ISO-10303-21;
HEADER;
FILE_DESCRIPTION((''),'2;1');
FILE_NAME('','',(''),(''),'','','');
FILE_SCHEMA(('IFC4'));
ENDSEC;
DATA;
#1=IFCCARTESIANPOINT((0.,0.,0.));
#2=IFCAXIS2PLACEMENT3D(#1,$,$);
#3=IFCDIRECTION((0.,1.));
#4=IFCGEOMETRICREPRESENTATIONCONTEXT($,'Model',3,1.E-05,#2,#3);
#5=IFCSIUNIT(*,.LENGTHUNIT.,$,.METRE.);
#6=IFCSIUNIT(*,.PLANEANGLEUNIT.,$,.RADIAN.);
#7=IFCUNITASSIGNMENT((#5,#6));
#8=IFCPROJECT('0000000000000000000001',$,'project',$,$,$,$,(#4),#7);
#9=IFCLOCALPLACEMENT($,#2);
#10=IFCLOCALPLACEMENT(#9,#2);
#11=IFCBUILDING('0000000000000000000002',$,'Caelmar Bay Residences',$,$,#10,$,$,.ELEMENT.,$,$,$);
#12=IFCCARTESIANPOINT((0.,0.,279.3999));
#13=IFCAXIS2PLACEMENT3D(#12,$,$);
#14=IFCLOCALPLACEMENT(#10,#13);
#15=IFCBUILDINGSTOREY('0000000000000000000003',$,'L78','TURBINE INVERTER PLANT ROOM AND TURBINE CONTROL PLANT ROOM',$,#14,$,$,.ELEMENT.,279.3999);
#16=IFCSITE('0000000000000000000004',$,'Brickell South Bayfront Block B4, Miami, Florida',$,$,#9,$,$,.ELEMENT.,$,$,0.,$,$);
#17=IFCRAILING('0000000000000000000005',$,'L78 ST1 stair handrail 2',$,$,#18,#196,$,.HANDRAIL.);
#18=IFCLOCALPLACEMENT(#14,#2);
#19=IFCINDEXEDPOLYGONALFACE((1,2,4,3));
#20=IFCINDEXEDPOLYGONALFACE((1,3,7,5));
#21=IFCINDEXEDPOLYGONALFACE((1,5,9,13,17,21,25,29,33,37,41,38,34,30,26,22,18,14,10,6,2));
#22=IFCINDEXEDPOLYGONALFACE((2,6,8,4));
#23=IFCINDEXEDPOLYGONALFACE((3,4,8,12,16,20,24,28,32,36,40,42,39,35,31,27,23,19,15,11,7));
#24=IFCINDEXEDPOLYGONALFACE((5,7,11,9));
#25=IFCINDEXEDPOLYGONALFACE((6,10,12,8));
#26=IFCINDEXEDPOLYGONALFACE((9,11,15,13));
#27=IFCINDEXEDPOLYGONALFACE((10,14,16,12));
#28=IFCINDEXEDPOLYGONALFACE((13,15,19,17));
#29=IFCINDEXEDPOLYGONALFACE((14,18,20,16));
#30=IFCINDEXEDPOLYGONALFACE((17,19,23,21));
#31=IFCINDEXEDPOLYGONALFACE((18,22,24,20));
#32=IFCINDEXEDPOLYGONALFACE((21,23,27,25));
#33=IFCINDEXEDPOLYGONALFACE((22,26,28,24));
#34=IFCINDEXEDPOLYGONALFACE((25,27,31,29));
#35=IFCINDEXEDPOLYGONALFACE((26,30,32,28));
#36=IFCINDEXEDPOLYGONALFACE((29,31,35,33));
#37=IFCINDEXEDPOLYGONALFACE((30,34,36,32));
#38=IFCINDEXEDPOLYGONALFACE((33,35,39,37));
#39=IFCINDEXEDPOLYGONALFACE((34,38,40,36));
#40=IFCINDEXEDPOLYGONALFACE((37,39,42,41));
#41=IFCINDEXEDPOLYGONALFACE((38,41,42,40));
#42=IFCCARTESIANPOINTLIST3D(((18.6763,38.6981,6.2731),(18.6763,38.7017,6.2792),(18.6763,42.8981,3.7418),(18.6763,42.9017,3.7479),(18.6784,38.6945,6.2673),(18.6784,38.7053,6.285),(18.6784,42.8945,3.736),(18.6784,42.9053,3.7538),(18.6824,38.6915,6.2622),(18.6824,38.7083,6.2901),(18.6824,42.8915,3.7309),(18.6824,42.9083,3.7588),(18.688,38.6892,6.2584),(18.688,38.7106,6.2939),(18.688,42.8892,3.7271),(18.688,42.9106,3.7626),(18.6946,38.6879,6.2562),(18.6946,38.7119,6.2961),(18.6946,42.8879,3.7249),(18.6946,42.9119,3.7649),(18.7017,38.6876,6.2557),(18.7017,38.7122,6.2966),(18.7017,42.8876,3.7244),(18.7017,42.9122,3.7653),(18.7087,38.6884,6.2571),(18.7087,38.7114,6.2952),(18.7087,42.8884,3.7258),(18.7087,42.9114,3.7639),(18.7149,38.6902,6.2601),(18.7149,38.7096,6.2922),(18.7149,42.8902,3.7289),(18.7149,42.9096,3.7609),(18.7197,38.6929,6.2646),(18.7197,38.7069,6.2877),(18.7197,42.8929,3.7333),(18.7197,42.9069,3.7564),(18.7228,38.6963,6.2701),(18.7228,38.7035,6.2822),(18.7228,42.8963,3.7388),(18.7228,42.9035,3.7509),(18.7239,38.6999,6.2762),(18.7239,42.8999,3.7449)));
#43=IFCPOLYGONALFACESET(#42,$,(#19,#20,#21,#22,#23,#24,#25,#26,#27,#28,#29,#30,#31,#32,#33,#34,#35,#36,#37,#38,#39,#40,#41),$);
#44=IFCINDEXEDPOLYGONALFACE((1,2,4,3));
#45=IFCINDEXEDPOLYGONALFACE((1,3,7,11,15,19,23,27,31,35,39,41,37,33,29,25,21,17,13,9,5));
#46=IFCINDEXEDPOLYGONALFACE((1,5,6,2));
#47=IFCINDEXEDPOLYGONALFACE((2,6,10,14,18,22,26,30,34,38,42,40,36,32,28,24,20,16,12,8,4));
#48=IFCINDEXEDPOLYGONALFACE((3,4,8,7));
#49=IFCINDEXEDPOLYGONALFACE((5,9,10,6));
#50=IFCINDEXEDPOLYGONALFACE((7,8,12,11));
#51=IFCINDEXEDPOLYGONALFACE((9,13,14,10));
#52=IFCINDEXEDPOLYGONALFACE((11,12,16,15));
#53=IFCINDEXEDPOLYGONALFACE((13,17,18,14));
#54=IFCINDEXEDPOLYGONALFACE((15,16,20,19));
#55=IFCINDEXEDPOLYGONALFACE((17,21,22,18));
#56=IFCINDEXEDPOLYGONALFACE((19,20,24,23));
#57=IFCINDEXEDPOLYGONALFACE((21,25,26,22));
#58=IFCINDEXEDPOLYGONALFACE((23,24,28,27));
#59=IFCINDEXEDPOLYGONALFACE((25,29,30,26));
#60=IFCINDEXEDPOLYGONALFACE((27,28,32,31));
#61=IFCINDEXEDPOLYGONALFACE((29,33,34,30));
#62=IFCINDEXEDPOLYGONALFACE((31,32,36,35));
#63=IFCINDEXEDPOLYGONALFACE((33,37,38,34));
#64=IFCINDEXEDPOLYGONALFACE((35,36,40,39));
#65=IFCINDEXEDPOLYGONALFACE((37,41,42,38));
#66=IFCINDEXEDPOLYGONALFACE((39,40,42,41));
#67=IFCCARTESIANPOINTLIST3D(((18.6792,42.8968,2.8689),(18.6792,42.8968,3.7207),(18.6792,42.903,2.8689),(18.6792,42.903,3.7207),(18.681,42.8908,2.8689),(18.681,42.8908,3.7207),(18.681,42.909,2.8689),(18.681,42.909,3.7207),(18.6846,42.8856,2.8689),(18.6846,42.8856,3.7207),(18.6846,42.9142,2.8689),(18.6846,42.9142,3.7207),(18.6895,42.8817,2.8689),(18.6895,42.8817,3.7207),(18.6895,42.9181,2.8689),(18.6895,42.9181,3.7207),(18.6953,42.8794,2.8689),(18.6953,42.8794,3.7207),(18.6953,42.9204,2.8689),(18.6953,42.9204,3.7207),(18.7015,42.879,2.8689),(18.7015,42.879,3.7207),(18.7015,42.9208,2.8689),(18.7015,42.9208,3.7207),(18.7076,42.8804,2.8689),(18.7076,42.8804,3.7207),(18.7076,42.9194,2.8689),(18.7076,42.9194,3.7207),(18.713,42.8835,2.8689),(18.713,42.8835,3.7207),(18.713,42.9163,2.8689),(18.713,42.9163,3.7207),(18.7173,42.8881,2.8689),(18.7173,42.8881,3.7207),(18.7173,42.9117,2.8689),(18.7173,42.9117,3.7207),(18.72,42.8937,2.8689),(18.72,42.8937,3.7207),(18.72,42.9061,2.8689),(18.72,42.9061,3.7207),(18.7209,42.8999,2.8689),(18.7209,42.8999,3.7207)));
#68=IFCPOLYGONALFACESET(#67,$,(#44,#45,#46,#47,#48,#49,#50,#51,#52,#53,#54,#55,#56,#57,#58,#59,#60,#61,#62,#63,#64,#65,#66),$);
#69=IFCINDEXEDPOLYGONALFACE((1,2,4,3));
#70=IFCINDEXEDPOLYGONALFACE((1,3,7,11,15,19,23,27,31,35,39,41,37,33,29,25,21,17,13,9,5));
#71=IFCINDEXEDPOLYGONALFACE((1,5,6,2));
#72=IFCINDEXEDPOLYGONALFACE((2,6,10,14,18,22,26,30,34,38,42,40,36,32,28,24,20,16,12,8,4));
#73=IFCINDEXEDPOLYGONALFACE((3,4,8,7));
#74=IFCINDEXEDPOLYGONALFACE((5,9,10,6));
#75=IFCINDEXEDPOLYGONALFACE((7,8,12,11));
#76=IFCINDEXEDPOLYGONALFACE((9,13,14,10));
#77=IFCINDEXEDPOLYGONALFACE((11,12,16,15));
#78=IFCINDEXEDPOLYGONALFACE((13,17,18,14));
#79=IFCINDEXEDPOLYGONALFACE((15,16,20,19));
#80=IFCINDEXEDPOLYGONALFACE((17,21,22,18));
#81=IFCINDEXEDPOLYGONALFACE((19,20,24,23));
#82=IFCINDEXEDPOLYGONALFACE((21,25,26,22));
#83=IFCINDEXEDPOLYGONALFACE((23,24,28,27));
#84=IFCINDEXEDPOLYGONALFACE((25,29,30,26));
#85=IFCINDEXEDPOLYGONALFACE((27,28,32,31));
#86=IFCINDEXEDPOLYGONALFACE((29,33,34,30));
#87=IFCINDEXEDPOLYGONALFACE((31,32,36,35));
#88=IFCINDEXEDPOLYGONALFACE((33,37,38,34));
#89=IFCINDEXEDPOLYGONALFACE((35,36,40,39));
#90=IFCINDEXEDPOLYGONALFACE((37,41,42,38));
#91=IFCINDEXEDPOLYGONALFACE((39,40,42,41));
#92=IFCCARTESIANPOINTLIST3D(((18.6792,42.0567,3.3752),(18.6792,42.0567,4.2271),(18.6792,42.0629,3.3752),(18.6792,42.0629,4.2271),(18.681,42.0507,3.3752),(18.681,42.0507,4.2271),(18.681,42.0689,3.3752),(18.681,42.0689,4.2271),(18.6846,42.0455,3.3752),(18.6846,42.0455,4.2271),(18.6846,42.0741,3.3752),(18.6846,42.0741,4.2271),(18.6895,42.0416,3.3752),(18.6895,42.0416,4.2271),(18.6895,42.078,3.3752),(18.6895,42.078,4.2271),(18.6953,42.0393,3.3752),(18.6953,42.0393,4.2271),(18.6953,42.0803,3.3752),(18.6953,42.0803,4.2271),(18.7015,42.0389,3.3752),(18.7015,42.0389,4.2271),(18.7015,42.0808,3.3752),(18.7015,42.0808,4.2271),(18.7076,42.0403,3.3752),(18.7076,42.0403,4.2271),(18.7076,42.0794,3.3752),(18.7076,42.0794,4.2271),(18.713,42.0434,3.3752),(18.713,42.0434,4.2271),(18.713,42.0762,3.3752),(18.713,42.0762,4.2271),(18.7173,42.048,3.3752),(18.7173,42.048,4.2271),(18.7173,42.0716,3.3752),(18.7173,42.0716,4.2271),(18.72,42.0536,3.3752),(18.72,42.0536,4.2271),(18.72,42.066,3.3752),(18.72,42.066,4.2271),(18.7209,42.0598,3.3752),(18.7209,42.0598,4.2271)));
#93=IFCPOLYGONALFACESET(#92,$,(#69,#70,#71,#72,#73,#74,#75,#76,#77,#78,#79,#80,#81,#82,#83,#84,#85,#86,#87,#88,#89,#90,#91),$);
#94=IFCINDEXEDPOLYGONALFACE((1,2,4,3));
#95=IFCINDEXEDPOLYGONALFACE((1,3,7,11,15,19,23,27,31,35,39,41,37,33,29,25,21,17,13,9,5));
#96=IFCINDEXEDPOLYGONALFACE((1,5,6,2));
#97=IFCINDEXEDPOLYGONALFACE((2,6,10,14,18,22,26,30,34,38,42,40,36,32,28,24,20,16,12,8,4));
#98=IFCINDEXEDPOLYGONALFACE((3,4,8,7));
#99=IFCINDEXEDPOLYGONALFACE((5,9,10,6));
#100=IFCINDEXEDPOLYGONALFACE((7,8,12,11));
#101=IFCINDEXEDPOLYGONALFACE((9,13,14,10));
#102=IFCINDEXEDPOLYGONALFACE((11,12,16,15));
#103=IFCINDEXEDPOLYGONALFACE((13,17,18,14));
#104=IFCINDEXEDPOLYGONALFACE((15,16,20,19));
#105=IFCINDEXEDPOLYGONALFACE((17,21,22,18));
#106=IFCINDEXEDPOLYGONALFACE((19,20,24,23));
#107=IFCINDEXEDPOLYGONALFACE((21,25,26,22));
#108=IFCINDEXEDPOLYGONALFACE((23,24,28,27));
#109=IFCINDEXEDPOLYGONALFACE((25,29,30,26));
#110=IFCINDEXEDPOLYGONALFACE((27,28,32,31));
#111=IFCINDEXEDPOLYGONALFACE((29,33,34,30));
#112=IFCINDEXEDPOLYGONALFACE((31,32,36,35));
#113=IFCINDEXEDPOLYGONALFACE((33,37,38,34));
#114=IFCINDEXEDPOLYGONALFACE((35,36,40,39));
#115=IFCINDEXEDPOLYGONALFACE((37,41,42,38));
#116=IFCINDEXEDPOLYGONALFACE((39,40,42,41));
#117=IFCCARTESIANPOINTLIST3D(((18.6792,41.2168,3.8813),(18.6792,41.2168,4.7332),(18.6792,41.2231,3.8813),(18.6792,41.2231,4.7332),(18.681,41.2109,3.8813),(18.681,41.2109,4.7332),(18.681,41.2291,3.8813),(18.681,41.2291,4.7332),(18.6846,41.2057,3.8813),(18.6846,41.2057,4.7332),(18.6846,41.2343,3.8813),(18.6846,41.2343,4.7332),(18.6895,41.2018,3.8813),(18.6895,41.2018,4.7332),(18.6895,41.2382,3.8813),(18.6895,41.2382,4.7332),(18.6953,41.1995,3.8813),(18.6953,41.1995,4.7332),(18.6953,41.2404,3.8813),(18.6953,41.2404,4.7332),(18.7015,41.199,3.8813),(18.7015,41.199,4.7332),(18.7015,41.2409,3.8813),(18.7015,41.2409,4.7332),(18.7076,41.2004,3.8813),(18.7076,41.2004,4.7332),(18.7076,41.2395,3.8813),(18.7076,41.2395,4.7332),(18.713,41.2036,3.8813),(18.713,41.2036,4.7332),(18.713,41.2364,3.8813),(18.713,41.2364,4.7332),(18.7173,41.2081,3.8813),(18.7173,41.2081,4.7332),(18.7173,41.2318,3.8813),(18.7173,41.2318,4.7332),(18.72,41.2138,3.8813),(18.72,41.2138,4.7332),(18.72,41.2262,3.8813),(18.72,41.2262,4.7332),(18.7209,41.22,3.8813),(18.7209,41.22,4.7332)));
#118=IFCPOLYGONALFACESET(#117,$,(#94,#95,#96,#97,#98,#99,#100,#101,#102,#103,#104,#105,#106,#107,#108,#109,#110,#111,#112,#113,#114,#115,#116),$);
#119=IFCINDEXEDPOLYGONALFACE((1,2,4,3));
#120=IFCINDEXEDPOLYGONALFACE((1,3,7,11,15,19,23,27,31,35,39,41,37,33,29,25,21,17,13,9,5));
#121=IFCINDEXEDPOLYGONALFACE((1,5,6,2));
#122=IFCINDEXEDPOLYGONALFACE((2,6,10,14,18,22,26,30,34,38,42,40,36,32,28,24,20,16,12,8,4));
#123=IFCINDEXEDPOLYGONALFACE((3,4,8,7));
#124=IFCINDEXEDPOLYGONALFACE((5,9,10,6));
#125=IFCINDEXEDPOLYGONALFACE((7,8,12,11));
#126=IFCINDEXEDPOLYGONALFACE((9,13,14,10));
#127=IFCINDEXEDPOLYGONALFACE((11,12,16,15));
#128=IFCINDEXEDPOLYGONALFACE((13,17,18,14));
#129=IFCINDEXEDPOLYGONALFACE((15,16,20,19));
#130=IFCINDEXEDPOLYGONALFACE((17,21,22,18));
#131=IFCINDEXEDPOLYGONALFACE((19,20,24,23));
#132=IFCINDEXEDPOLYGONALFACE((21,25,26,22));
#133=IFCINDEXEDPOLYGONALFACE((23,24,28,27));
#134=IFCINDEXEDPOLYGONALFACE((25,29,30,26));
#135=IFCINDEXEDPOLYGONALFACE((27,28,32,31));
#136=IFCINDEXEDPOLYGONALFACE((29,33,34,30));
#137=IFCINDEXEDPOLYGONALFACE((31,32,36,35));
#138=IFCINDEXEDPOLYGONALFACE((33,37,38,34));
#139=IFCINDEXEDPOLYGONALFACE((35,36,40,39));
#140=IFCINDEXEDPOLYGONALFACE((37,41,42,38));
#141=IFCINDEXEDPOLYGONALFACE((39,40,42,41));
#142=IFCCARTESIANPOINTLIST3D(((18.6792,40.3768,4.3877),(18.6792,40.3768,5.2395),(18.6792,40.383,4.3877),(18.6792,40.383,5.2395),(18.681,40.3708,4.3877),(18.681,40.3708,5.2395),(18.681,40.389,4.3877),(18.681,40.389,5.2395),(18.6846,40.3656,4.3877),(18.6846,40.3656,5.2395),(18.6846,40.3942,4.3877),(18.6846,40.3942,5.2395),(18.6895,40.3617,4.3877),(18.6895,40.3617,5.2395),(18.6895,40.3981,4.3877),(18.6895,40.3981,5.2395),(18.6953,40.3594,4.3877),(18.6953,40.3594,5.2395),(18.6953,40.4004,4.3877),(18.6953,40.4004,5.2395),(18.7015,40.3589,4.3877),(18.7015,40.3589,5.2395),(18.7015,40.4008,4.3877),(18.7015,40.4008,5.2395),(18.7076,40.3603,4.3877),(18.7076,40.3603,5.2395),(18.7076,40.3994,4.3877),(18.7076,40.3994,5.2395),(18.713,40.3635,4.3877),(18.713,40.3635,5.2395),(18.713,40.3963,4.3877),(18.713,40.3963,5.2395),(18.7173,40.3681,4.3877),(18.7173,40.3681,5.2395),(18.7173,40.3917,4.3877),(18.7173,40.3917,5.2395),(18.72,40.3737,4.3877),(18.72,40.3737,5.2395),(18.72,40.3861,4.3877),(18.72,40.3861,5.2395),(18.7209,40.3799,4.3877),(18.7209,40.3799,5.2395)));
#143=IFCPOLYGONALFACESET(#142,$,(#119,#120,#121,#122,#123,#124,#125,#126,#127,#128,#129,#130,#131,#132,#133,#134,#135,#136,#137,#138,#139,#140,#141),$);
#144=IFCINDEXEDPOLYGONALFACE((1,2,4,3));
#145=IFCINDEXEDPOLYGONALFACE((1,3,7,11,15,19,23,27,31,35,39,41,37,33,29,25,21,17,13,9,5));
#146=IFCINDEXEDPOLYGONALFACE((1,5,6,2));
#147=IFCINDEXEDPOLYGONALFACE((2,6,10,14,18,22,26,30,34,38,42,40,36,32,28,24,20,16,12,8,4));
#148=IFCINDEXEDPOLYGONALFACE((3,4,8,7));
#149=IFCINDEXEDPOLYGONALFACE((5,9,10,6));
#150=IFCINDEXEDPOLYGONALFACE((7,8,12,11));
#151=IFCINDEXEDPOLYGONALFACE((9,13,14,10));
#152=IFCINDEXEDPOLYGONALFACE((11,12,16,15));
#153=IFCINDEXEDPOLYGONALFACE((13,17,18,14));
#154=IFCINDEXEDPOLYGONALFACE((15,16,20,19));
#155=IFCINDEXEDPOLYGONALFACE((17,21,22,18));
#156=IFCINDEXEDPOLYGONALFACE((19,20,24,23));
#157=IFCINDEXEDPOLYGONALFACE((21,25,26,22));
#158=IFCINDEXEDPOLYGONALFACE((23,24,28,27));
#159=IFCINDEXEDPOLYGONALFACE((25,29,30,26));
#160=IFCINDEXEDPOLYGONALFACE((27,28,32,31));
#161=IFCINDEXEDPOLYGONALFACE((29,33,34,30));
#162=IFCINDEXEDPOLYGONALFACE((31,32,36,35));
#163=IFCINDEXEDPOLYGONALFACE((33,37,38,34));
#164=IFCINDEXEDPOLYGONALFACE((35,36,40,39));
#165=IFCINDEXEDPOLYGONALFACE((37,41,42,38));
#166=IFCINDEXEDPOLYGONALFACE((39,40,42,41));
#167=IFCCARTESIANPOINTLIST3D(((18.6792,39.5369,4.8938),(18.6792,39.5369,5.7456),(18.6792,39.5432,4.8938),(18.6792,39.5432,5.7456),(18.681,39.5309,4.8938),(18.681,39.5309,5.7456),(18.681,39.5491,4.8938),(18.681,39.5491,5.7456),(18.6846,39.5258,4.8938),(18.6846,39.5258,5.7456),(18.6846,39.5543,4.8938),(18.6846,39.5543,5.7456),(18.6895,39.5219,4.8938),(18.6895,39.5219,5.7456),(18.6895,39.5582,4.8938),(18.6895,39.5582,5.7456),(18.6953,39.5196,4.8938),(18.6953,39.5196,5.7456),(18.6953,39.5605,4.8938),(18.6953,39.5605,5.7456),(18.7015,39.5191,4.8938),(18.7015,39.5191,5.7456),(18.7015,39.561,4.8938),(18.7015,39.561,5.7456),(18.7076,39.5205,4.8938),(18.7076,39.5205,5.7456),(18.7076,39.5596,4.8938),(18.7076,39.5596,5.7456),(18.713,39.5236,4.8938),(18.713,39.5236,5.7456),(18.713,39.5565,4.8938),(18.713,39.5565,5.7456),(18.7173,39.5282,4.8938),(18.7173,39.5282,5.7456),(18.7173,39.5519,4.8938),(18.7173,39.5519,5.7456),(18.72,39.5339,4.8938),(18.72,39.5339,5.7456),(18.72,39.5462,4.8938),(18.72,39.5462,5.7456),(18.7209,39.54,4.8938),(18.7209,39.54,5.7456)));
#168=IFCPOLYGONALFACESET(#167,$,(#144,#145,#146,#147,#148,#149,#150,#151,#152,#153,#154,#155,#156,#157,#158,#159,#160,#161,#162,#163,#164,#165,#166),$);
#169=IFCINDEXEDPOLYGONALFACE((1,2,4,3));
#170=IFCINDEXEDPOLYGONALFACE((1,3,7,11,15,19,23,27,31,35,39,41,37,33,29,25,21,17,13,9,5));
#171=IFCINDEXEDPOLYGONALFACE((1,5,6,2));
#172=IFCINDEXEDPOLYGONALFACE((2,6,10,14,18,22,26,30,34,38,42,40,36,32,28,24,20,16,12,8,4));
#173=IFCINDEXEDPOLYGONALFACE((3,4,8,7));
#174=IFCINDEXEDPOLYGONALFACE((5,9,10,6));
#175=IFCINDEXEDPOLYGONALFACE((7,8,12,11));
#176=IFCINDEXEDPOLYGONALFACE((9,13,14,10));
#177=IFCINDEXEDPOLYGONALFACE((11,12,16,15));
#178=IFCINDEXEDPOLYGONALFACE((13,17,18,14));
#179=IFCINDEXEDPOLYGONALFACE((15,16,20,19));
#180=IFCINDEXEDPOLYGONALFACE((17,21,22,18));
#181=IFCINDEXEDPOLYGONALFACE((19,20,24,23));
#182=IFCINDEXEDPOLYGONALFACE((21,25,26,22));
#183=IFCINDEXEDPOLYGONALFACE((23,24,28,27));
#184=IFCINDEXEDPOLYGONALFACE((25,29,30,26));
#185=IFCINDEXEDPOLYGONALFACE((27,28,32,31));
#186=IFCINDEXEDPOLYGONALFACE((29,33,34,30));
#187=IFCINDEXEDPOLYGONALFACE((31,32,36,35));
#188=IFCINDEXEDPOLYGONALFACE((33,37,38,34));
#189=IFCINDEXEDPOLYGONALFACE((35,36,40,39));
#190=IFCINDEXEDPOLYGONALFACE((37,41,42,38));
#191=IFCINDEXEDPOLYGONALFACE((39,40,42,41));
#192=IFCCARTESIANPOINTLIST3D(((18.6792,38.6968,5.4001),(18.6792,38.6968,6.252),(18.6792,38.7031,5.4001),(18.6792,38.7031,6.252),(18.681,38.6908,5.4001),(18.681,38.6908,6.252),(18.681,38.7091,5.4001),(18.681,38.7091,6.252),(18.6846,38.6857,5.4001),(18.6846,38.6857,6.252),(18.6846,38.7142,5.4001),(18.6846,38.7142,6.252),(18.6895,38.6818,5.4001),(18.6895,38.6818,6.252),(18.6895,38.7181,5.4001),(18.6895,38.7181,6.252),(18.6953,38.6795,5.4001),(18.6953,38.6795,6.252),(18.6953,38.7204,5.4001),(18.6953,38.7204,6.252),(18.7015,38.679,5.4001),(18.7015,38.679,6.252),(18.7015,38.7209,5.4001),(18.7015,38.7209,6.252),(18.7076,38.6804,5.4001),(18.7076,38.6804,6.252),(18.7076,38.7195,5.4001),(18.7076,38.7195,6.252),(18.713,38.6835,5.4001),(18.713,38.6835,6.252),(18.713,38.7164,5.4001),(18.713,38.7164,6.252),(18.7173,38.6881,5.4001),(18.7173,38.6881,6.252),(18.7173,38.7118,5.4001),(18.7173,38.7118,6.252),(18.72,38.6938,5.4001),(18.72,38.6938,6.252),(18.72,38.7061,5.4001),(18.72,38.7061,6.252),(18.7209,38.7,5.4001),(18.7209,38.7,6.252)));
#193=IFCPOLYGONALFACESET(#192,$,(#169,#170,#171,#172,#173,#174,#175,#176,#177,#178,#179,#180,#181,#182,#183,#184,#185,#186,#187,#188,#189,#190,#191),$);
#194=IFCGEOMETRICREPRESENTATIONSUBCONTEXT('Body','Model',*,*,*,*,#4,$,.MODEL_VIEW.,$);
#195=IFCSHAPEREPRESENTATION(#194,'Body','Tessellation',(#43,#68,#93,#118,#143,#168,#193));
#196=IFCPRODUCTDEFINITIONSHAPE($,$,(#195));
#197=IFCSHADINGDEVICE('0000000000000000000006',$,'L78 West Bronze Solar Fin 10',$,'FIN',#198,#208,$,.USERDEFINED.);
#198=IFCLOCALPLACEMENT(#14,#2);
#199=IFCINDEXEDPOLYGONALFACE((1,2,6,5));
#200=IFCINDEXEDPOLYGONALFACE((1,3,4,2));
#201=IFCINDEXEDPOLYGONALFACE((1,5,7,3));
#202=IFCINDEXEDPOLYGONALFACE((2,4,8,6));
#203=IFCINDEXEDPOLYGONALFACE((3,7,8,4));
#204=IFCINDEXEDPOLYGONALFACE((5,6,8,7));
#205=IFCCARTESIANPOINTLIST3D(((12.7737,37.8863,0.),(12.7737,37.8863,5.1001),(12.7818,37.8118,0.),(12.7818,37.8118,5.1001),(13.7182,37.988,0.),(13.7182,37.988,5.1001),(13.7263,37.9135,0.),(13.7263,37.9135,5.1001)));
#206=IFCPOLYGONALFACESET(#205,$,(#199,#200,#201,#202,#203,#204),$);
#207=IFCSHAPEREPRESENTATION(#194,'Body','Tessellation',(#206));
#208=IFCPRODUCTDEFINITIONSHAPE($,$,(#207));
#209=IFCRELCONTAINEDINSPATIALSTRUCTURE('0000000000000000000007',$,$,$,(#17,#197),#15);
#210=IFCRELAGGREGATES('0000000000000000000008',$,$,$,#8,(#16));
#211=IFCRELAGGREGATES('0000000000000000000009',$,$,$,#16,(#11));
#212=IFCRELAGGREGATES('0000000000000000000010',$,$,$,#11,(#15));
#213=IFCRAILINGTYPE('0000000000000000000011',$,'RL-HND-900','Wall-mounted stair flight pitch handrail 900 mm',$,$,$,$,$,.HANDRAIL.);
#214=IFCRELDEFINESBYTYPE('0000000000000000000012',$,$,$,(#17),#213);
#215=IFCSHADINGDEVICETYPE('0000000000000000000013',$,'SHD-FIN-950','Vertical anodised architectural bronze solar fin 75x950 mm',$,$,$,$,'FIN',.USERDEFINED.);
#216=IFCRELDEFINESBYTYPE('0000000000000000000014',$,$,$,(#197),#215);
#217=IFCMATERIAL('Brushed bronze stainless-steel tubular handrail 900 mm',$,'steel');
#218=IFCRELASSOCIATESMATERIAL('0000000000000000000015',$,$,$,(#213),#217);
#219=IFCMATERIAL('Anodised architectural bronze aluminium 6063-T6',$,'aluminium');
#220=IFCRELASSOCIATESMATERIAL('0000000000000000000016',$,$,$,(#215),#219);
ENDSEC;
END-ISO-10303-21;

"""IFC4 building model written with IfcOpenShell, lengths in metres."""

from ifc_helpers import new_model, si_unit, direction, frame, origin, origin_2d, place, context, subcontext, project, spatial, rectangle, circle, extrude, material, material_profile, profile_set, type_object, element, save


model = new_model("IFC4")

# Units and contexts
model_context = context("Model", 3, precision=1e-05, world=origin(), true_north=direction((0.0, 1.0)))
body_context = subcontext(model_context, "Body", "Model", "MODEL_VIEW")
ifc_project = project(units=[si_unit("LENGTHUNIT", "METRE"), si_unit("PLANEANGLEUNIT", "RADIAN")], contexts=[model_context])

# Site, building, storey
site_placement = place(None, origin())
site = spatial("IfcSite", under=ifc_project, at=site_placement, Name="Brickell South Bayfront Block B4, Miami, Florida", CompositionType="ELEMENT", RefElevation=0.0)
building_placement = place(site_placement, origin())
building = spatial("IfcBuilding", under=site, at=building_placement, Name="Caelmar Bay Residences", CompositionType="ELEMENT")
storey_placement = place(building_placement, frame((0.0, 0.0, 279.3999)))
storey = spatial("IfcBuildingStorey", under=building, at=storey_placement, Name="L78", Description="TURBINE INVERTER PLANT ROOM AND TURBINE CONTROL PLANT ROOM", CompositionType="ELEMENT", Elevation=279.3999)

# Railing
ifc_material_1 = material(Name="Brushed bronze stainless-steel tubular handrail 900 mm", Category="steel")
railing_type_1 = type_object("IfcRailingType", Name="RL-HND-900", Description="Wall-mounted stair flight pitch handrail 900 mm", PredefinedType="HANDRAIL", material=ifc_material_1)
railing_1_placement = place(storey_placement, frame((18.7, 42.8999, 2.8689)))
element("IfcRailing", 1, at=railing_1_placement, inside=storey, type_object=railing_type_1, Name="L78 ST1 stair handrail 2", PredefinedType="HANDRAIL", context=body_context, shape_type="SweptSolid", body=[
    extrude(circle(Radius=0.0239, at=origin_2d()), frame((0.0, 0.0, 0.876), z_axis=(0.0, -0.856476, 0.516186), x_axis=(1.0, 0.0, 0.0)), (0.0, 0.0, 1.0), 4.9038),
    extrude(circle(Radius=0.021, at=origin_2d()), origin(), (0.0, 0.0, 1.0), 0.8518),
    extrude(circle(Radius=0.021, at=origin_2d()), frame((0.0, -0.8401, 0.5063)), (0.0, 0.0, 1.0), 0.8518),
    extrude(circle(Radius=0.021, at=origin_2d()), frame((0.0, -1.6799, 1.0125)), (0.0, 0.0, 1.0), 0.8518),
    extrude(circle(Radius=0.021, at=origin_2d()), frame((0.0, -2.52, 1.5188)), (0.0, 0.0, 1.0), 0.8518),
    extrude(circle(Radius=0.021, at=origin_2d()), frame((0.0, -3.3599, 2.0249)), (0.0, 0.0, 1.0), 0.8518),
    extrude(circle(Radius=0.021, at=origin_2d()), frame((0.0, -4.2, 2.5312)), (0.0, 0.0, 1.0), 0.8518),
])

# Shading device
ifc_material_2 = material(Name="Anodised architectural bronze aluminium 6063-T6", Category="aluminium")
ifc_material_profile = material_profile(ifc_material_2, rectangle(XDim=0.075, YDim=0.95, at=origin_2d()), Name="BRONZE-FIN-75X950")
ifc_profile_set = profile_set([ifc_material_profile], Name="Anodised architectural bronze aluminium 6063-T6")
shading_device_type = type_object("IfcShadingDeviceType", Name="SHD-FIN-950", Description="Vertical anodised architectural bronze solar fin 75x950 mm", ElementType="FIN", PredefinedType="USERDEFINED", material=ifc_profile_set)
for number, where, z_axis, x_axis, name in (
    (2, (13.25, 37.8999, 0.0), (0.0, 0.0, 1.0), (-0.107132, 0.994245, 0.0), "L78 West Bronze Solar Fin 10"),
):
    element("IfcShadingDevice", number, at=place(storey_placement, frame(where, z_axis=z_axis, x_axis=x_axis)), inside=storey, type_object=shading_device_type, Name=name, ObjectType="FIN", PredefinedType="USERDEFINED", context=body_context, shape_type="SweptSolid", body=[
        extrude(rectangle(XDim=0.075, YDim=0.95, at=origin_2d()), origin(), (0.0, 0.0, 1.0), 5.1001),
    ])

save(model, "model.ifc")
